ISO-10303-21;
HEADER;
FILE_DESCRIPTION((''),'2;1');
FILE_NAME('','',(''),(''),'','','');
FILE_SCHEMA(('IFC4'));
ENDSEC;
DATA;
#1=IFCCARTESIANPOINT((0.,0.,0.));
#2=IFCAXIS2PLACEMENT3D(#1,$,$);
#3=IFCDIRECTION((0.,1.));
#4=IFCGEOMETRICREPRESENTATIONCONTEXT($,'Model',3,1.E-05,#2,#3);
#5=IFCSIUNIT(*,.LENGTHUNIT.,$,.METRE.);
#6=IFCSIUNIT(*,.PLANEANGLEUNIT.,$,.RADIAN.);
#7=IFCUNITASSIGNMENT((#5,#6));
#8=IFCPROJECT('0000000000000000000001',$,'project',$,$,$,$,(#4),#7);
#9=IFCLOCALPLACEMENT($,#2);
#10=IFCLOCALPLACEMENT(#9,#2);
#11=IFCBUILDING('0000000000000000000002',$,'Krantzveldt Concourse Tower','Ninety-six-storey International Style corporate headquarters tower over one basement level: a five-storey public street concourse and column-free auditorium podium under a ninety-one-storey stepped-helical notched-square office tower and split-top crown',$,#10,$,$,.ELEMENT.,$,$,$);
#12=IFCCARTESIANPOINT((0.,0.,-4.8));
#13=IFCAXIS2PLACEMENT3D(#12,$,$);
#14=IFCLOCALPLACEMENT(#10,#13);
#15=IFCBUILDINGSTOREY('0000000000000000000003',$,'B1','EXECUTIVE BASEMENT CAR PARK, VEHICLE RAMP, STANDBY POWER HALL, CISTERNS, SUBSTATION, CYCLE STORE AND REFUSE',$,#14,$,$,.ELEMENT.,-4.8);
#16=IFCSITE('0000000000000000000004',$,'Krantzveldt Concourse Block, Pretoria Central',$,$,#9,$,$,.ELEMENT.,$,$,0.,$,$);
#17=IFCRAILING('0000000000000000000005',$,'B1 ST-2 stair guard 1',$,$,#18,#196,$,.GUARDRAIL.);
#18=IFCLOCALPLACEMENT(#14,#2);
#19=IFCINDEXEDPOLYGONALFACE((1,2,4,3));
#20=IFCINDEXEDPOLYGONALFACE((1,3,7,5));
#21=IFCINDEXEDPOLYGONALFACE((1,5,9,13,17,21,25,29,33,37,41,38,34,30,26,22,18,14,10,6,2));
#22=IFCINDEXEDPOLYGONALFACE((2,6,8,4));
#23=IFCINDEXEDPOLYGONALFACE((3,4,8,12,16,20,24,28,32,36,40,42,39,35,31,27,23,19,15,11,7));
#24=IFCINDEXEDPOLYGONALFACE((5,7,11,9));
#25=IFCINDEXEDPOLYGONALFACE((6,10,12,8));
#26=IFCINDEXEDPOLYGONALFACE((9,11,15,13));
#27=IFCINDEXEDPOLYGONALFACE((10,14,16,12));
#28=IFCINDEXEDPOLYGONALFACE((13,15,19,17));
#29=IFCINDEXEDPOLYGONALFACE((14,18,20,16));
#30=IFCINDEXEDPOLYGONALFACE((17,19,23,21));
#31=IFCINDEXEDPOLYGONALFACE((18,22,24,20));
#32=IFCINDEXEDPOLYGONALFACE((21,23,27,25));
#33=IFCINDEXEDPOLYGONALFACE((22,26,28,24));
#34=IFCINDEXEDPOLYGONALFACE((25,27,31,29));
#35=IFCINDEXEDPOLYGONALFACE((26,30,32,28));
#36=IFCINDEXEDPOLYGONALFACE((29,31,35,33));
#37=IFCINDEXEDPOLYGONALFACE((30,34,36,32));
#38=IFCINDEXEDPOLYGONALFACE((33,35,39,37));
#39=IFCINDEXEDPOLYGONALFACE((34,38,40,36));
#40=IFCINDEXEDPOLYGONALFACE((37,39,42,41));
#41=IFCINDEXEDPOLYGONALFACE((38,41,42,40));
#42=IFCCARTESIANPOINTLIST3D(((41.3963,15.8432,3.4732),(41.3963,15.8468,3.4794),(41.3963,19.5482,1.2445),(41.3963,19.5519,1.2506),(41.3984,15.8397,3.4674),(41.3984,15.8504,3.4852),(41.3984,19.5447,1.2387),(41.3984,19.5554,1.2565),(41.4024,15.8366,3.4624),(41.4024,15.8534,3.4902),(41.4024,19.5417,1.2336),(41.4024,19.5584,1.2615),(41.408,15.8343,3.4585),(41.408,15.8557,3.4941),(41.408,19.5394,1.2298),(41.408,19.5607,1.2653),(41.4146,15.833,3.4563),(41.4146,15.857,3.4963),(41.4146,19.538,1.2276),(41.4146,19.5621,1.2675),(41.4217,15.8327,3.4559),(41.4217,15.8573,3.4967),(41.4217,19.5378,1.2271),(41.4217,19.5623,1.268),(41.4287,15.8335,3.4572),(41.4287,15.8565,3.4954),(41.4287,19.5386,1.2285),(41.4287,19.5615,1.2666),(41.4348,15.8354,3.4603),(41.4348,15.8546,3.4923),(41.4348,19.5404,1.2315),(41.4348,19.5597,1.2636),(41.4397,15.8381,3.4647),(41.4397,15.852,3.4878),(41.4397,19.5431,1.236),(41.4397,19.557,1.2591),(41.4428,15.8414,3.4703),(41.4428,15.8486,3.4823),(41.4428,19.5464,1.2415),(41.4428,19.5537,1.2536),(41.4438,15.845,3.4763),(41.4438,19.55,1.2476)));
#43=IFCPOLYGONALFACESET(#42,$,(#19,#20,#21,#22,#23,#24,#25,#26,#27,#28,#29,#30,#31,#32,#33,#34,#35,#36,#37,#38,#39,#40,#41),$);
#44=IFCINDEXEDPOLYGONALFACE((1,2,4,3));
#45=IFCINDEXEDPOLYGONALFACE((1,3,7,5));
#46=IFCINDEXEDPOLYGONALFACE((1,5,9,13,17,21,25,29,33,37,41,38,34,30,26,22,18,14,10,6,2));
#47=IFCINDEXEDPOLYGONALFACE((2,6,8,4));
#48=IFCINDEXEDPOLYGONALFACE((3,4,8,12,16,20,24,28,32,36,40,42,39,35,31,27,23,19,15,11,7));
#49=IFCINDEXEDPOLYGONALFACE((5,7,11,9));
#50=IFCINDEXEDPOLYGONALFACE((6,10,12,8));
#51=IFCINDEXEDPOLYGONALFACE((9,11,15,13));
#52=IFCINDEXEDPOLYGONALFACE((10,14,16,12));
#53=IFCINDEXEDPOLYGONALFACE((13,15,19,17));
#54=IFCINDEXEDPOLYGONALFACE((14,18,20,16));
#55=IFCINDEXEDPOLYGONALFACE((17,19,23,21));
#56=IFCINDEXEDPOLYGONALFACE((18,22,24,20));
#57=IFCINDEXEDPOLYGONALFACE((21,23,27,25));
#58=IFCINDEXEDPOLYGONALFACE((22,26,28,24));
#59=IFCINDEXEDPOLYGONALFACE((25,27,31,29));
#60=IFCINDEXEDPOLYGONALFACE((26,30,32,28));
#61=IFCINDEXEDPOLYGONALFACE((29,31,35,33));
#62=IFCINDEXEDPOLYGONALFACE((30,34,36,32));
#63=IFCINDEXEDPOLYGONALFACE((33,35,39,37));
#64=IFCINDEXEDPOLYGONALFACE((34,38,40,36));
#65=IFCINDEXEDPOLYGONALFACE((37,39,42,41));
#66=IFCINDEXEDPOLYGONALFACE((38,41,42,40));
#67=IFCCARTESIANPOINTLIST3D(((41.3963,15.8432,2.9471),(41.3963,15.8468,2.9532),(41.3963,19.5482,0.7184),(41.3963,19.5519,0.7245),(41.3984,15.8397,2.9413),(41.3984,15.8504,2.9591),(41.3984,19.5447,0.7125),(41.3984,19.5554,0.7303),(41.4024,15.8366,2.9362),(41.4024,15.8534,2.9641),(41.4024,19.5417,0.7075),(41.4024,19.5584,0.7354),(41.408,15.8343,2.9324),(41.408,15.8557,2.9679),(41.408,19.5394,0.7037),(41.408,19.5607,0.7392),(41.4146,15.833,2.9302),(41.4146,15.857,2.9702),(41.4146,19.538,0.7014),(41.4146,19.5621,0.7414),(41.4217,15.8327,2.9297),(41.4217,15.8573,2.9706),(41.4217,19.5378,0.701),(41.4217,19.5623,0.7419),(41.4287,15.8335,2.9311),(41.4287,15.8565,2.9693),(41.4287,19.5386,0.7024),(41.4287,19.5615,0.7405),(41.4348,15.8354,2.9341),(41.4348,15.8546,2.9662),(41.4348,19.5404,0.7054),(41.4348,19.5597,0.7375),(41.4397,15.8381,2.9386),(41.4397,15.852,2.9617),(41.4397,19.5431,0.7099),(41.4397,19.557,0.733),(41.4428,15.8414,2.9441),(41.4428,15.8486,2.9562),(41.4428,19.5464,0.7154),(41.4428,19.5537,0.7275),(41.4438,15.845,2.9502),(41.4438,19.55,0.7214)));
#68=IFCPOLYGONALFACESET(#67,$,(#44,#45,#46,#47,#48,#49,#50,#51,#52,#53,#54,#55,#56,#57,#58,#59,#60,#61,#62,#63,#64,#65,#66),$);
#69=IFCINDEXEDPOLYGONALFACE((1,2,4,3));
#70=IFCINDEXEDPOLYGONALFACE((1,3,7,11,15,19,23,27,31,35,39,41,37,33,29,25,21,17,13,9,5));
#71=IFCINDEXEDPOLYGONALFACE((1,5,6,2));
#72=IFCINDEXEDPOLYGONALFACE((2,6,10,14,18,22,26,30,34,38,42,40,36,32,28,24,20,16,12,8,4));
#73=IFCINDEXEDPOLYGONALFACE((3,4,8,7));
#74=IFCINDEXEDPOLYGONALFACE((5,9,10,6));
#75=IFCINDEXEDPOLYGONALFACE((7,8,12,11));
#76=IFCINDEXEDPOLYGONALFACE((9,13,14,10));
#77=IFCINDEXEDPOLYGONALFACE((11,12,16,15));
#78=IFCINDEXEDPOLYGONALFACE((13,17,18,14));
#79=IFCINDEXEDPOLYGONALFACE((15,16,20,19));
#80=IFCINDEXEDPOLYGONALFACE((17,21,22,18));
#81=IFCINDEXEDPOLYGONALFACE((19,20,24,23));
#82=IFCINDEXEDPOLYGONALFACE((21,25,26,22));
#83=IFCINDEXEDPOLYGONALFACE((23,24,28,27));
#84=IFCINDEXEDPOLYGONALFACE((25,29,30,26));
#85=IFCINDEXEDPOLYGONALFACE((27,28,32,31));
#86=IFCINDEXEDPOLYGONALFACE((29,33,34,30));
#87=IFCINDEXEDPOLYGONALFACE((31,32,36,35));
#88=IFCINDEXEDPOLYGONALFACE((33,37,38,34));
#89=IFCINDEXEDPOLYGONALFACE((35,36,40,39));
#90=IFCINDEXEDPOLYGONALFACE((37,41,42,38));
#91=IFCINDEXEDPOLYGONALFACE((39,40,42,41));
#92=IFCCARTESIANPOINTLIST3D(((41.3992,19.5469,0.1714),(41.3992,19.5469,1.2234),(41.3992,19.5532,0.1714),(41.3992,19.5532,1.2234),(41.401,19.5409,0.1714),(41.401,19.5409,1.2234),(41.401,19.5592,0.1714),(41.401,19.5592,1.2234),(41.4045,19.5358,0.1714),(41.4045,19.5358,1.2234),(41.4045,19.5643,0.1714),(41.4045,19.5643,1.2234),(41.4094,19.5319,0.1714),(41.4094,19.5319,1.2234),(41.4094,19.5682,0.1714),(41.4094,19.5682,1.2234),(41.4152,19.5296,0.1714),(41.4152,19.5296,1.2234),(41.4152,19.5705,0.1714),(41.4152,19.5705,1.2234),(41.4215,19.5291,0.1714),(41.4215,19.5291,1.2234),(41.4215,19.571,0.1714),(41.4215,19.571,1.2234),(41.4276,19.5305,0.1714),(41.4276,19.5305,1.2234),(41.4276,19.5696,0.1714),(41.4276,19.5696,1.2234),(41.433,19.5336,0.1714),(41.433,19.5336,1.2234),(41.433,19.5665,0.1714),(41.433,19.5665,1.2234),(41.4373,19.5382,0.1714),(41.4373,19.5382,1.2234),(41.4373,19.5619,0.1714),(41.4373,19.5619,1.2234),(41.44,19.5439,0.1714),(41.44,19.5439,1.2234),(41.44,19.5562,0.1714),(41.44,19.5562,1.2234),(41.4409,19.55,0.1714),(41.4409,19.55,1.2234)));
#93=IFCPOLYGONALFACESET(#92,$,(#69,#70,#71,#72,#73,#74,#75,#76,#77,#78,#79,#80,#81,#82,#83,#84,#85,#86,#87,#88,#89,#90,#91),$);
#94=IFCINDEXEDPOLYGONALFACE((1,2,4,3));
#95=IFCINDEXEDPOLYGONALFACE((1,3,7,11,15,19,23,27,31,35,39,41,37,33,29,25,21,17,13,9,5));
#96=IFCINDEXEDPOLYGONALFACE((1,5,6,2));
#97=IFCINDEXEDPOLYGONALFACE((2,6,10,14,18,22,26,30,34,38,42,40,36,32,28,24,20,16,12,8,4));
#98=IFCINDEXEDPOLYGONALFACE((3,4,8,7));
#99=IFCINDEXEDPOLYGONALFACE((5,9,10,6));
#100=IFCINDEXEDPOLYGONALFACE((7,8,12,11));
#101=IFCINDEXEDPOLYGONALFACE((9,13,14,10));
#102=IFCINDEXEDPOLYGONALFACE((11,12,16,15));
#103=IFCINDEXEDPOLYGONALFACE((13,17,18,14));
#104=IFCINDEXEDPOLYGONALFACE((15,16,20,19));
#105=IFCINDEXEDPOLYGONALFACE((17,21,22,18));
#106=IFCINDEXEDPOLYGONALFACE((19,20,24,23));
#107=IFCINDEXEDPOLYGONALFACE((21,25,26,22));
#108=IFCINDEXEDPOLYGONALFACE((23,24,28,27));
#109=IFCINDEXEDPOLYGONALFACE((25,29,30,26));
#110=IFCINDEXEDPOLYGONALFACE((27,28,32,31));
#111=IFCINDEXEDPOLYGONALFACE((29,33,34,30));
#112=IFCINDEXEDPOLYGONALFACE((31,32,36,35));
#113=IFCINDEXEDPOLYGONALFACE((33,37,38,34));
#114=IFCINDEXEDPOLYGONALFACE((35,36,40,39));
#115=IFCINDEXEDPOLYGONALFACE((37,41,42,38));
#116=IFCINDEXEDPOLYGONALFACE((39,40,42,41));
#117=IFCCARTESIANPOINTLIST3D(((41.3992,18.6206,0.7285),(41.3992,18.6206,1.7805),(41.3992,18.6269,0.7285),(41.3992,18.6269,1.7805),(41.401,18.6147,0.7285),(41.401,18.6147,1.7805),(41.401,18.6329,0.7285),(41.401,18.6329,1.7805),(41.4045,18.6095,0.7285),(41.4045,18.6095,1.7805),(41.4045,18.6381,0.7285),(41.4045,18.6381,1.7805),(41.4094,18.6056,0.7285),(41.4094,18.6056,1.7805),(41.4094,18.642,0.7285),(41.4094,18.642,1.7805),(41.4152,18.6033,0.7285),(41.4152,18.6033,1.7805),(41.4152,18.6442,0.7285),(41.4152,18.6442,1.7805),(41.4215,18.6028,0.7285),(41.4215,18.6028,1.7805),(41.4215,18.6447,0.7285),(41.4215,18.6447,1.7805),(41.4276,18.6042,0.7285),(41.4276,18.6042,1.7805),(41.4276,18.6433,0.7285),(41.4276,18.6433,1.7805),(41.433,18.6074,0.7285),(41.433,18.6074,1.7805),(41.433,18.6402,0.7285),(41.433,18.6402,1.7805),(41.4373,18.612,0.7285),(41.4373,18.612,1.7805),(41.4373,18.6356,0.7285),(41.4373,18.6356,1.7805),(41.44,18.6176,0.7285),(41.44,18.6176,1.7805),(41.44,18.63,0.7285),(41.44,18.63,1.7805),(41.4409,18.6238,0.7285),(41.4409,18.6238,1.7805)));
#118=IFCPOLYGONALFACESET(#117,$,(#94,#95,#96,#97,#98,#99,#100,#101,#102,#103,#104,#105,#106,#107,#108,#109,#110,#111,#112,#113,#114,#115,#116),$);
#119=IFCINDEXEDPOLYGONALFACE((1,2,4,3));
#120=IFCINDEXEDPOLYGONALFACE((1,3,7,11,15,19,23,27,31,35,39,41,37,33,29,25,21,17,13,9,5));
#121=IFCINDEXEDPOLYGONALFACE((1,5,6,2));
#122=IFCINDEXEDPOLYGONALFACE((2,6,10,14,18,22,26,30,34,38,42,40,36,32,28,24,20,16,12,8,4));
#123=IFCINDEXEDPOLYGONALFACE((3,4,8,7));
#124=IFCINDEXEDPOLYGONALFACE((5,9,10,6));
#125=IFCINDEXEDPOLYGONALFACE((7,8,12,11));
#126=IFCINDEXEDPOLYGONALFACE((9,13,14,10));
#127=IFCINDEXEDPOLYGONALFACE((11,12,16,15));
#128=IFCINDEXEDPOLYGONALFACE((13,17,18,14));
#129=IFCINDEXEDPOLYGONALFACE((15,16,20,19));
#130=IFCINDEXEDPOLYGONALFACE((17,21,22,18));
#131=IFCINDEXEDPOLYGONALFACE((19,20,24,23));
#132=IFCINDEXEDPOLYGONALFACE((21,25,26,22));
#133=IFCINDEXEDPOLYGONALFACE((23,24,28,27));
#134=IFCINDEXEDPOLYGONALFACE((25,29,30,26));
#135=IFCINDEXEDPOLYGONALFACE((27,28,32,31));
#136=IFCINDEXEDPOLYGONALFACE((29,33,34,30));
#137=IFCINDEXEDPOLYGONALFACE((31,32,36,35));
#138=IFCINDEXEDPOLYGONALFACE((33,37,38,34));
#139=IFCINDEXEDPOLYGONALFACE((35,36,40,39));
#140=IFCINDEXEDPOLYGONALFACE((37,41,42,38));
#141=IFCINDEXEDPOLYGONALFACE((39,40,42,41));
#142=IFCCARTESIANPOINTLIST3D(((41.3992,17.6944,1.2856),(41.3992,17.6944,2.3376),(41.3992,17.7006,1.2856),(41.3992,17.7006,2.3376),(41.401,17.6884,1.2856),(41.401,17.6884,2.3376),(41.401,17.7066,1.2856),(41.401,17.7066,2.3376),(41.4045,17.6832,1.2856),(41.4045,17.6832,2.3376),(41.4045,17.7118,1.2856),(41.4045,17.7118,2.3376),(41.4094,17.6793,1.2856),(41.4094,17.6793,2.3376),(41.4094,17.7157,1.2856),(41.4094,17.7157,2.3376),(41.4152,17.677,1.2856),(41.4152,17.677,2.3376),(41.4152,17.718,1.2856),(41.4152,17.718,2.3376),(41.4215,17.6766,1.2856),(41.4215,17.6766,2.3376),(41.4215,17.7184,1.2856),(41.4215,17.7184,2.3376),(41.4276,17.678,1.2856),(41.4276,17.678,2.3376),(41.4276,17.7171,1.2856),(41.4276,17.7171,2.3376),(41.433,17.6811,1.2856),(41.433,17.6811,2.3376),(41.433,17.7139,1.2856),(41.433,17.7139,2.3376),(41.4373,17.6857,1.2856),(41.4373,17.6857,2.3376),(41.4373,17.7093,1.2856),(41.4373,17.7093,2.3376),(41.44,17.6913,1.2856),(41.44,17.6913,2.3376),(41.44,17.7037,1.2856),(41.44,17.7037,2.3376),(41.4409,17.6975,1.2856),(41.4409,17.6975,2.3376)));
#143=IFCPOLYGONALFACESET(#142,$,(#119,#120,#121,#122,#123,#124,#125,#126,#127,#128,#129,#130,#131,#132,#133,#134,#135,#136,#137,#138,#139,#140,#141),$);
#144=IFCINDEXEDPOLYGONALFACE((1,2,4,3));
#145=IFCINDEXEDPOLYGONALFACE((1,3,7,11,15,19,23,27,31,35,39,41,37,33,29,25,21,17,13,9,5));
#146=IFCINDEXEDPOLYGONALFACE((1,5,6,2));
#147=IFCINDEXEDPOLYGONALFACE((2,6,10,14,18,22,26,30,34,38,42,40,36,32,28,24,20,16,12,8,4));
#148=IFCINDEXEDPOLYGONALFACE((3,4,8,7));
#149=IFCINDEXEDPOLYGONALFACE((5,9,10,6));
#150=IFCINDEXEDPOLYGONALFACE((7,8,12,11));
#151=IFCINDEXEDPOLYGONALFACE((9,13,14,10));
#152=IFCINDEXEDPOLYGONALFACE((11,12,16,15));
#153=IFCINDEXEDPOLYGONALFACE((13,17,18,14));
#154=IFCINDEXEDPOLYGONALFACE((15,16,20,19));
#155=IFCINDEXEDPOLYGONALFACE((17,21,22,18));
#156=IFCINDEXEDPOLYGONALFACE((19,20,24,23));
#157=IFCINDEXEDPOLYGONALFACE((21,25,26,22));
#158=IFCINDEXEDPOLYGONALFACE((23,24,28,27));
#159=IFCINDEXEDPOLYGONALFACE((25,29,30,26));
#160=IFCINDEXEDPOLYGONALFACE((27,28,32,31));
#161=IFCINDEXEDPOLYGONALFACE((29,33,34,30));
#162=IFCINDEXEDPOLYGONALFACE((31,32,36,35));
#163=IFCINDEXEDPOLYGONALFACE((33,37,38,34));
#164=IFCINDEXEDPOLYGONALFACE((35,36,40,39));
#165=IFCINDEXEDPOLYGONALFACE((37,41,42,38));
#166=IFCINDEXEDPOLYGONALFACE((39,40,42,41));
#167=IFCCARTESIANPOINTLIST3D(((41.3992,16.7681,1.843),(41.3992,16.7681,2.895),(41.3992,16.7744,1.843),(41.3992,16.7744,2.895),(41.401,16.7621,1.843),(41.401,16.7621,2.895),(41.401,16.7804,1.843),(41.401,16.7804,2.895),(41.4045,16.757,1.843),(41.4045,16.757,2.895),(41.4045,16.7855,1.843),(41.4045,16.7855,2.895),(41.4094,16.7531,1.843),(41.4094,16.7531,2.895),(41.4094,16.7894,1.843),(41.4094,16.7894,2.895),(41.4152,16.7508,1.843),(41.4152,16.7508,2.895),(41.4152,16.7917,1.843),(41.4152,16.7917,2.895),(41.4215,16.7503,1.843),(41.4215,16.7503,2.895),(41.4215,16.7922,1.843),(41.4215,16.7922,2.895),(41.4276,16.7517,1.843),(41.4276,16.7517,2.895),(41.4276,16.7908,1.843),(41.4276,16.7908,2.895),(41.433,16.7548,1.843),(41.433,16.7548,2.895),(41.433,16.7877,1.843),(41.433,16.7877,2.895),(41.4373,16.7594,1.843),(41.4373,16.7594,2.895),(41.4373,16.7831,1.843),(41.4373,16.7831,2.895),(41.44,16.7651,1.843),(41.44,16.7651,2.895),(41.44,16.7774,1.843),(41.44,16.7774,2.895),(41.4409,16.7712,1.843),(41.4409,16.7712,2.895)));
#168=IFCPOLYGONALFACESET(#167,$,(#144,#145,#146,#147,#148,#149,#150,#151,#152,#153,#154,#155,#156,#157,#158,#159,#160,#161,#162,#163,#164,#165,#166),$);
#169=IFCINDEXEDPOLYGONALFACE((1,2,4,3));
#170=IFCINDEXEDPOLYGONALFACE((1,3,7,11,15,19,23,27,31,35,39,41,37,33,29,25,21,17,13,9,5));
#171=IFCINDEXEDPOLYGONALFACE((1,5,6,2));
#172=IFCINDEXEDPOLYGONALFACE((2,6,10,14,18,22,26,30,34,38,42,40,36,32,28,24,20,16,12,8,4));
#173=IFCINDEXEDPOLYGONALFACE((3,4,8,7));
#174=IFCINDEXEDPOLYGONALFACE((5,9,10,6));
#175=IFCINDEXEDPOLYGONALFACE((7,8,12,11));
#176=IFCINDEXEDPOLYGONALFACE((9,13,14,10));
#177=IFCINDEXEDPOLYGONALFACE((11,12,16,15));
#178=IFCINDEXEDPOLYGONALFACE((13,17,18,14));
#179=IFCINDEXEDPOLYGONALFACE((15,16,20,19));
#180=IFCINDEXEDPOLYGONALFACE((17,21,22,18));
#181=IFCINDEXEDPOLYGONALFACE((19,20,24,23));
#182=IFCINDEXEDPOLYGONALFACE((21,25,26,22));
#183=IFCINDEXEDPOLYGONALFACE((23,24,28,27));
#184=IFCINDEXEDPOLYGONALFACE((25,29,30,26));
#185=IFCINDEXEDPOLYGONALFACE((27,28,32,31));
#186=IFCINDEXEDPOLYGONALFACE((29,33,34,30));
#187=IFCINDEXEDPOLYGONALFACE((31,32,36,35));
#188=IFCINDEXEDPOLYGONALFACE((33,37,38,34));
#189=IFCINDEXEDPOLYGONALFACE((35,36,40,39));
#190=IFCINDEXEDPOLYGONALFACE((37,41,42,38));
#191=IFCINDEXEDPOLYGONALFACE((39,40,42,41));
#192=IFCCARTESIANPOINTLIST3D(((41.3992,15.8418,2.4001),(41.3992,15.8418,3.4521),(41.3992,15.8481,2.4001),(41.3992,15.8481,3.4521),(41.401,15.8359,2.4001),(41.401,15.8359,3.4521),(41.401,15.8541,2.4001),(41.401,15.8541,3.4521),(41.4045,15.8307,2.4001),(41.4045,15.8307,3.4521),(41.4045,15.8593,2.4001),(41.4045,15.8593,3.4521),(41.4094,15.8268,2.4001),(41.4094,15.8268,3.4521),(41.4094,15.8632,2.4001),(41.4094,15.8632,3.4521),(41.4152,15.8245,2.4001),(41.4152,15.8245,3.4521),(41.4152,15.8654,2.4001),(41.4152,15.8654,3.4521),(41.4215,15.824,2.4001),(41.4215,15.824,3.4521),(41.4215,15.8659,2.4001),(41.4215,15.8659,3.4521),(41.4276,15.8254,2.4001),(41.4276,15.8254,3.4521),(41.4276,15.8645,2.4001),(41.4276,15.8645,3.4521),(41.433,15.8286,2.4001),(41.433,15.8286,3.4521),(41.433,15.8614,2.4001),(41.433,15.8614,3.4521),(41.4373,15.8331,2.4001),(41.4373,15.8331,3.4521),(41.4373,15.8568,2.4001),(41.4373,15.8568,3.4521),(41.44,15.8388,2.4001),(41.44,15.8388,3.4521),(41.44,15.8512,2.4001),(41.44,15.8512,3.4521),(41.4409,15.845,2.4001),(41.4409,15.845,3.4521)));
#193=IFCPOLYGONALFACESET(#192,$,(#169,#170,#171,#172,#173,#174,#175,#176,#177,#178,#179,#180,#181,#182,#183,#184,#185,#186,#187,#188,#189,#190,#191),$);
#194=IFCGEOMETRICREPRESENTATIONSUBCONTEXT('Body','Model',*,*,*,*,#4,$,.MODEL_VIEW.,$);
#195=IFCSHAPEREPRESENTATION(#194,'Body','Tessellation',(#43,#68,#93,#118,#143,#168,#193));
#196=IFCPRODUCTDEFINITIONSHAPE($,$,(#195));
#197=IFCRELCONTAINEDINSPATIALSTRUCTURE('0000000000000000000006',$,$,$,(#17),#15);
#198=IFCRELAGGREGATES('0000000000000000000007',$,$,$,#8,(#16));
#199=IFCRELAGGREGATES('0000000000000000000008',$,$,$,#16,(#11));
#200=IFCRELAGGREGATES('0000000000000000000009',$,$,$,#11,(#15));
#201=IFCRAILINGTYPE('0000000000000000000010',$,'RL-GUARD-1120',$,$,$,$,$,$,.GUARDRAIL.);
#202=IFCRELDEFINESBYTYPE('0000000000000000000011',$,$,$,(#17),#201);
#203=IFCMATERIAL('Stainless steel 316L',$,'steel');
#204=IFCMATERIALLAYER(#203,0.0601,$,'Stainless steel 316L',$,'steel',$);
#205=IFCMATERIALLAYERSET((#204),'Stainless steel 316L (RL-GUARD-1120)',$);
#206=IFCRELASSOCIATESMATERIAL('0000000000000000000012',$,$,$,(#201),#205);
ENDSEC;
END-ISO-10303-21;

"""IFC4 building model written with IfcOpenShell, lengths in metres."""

from ifc_helpers import new_model, si_unit, direction, frame, origin, origin_2d, place, context, subcontext, project, spatial, circle, extrude, material, layer, layer_set, type_object, element, save


model = new_model("IFC4")

# Units and contexts
model_context = context("Model", 3, precision=1e-05, world=origin(), true_north=direction((0.0, 1.0)))
body_context = subcontext(model_context, "Body", "Model", "MODEL_VIEW")
ifc_project = project(units=[si_unit("LENGTHUNIT", "METRE"), si_unit("PLANEANGLEUNIT", "RADIAN")], contexts=[model_context])

# Site, building, storey
site_placement = place(None, origin())
site = spatial("IfcSite", under=ifc_project, at=site_placement, Name="Krantzveldt Concourse Block, Pretoria Central", CompositionType="ELEMENT", RefElevation=0.0)
building_placement = place(site_placement, origin())
building = spatial("IfcBuilding", under=site, at=building_placement, Name="Krantzveldt Concourse Tower", Description="Ninety-six-storey International Style corporate headquarters tower over one basement level: a five-storey public street concourse and column-free auditorium podium under a ninety-one-storey stepped-helical notched-square office tower and split-top crown", CompositionType="ELEMENT")
storey_placement = place(building_placement, frame((0.0, 0.0, -4.8)))
storey = spatial("IfcBuildingStorey", under=building, at=storey_placement, Name="B1", Description="EXECUTIVE BASEMENT CAR PARK, VEHICLE RAMP, STANDBY POWER HALL, CISTERNS, SUBSTATION, CYCLE STORE AND REFUSE", CompositionType="ELEMENT", Elevation=-4.8)

# Shared definitions
ifc_material_1 = material(Name="Stainless steel 316L", Category="steel")

# Railing
ifc_layer_1 = layer(ifc_material_1, 0.0601, Name="Stainless steel 316L", Category="steel")
ifc_layer_set_1 = layer_set([ifc_layer_1], Name="Stainless steel 316L (RL-GUARD-1120)")
railing_type_1 = type_object("IfcRailingType", Name="RL-GUARD-1120", PredefinedType="GUARDRAIL", material=ifc_layer_set_1)
railing_1_placement = place(storey_placement, frame((41.4199, 19.55, 0.1714)))
element("IfcRailing", 1, at=railing_1_placement, inside=storey, type_object=railing_type_1, Name="B1 ST-2 stair guard 1", PredefinedType="GUARDRAIL", context=body_context, shape_type="SweptSolid", body=[
    extrude(circle(Radius=0.0239, at=origin_2d()), frame((0.0, 0.0, 1.0762), z_axis=(0.0, -0.856909, 0.515467), x_axis=(1.0, 0.0, 0.0)), (0.0, 0.0, 1.0), 4.3237),
    extrude(circle(Radius=0.0239, at=origin_2d()), frame((0.0, 0.0, 0.55), z_axis=(0.0, -0.856909, 0.515467), x_axis=(1.0, 0.0, 0.0)), (0.0, 0.0, 1.0), 4.3237),
    extrude(circle(Radius=0.021, at=origin_2d()), origin(), (0.0, 0.0, 1.0), 1.052),
    extrude(circle(Radius=0.021, at=origin_2d()), frame((0.0, -0.9263, 0.5571)), (0.0, 0.0, 1.0), 1.052),
    extrude(circle(Radius=0.021, at=origin_2d()), frame((0.0, -1.8525, 1.1143)), (0.0, 0.0, 1.0), 1.052),
    extrude(circle(Radius=0.021, at=origin_2d()), frame((0.0, -2.7788, 1.6716)), (0.0, 0.0, 1.0), 1.052),
    extrude(circle(Radius=0.021, at=origin_2d()), frame((0.0, -3.7051, 2.2288)), (0.0, 0.0, 1.0), 1.052),
])

save(model, "model.ifc")
